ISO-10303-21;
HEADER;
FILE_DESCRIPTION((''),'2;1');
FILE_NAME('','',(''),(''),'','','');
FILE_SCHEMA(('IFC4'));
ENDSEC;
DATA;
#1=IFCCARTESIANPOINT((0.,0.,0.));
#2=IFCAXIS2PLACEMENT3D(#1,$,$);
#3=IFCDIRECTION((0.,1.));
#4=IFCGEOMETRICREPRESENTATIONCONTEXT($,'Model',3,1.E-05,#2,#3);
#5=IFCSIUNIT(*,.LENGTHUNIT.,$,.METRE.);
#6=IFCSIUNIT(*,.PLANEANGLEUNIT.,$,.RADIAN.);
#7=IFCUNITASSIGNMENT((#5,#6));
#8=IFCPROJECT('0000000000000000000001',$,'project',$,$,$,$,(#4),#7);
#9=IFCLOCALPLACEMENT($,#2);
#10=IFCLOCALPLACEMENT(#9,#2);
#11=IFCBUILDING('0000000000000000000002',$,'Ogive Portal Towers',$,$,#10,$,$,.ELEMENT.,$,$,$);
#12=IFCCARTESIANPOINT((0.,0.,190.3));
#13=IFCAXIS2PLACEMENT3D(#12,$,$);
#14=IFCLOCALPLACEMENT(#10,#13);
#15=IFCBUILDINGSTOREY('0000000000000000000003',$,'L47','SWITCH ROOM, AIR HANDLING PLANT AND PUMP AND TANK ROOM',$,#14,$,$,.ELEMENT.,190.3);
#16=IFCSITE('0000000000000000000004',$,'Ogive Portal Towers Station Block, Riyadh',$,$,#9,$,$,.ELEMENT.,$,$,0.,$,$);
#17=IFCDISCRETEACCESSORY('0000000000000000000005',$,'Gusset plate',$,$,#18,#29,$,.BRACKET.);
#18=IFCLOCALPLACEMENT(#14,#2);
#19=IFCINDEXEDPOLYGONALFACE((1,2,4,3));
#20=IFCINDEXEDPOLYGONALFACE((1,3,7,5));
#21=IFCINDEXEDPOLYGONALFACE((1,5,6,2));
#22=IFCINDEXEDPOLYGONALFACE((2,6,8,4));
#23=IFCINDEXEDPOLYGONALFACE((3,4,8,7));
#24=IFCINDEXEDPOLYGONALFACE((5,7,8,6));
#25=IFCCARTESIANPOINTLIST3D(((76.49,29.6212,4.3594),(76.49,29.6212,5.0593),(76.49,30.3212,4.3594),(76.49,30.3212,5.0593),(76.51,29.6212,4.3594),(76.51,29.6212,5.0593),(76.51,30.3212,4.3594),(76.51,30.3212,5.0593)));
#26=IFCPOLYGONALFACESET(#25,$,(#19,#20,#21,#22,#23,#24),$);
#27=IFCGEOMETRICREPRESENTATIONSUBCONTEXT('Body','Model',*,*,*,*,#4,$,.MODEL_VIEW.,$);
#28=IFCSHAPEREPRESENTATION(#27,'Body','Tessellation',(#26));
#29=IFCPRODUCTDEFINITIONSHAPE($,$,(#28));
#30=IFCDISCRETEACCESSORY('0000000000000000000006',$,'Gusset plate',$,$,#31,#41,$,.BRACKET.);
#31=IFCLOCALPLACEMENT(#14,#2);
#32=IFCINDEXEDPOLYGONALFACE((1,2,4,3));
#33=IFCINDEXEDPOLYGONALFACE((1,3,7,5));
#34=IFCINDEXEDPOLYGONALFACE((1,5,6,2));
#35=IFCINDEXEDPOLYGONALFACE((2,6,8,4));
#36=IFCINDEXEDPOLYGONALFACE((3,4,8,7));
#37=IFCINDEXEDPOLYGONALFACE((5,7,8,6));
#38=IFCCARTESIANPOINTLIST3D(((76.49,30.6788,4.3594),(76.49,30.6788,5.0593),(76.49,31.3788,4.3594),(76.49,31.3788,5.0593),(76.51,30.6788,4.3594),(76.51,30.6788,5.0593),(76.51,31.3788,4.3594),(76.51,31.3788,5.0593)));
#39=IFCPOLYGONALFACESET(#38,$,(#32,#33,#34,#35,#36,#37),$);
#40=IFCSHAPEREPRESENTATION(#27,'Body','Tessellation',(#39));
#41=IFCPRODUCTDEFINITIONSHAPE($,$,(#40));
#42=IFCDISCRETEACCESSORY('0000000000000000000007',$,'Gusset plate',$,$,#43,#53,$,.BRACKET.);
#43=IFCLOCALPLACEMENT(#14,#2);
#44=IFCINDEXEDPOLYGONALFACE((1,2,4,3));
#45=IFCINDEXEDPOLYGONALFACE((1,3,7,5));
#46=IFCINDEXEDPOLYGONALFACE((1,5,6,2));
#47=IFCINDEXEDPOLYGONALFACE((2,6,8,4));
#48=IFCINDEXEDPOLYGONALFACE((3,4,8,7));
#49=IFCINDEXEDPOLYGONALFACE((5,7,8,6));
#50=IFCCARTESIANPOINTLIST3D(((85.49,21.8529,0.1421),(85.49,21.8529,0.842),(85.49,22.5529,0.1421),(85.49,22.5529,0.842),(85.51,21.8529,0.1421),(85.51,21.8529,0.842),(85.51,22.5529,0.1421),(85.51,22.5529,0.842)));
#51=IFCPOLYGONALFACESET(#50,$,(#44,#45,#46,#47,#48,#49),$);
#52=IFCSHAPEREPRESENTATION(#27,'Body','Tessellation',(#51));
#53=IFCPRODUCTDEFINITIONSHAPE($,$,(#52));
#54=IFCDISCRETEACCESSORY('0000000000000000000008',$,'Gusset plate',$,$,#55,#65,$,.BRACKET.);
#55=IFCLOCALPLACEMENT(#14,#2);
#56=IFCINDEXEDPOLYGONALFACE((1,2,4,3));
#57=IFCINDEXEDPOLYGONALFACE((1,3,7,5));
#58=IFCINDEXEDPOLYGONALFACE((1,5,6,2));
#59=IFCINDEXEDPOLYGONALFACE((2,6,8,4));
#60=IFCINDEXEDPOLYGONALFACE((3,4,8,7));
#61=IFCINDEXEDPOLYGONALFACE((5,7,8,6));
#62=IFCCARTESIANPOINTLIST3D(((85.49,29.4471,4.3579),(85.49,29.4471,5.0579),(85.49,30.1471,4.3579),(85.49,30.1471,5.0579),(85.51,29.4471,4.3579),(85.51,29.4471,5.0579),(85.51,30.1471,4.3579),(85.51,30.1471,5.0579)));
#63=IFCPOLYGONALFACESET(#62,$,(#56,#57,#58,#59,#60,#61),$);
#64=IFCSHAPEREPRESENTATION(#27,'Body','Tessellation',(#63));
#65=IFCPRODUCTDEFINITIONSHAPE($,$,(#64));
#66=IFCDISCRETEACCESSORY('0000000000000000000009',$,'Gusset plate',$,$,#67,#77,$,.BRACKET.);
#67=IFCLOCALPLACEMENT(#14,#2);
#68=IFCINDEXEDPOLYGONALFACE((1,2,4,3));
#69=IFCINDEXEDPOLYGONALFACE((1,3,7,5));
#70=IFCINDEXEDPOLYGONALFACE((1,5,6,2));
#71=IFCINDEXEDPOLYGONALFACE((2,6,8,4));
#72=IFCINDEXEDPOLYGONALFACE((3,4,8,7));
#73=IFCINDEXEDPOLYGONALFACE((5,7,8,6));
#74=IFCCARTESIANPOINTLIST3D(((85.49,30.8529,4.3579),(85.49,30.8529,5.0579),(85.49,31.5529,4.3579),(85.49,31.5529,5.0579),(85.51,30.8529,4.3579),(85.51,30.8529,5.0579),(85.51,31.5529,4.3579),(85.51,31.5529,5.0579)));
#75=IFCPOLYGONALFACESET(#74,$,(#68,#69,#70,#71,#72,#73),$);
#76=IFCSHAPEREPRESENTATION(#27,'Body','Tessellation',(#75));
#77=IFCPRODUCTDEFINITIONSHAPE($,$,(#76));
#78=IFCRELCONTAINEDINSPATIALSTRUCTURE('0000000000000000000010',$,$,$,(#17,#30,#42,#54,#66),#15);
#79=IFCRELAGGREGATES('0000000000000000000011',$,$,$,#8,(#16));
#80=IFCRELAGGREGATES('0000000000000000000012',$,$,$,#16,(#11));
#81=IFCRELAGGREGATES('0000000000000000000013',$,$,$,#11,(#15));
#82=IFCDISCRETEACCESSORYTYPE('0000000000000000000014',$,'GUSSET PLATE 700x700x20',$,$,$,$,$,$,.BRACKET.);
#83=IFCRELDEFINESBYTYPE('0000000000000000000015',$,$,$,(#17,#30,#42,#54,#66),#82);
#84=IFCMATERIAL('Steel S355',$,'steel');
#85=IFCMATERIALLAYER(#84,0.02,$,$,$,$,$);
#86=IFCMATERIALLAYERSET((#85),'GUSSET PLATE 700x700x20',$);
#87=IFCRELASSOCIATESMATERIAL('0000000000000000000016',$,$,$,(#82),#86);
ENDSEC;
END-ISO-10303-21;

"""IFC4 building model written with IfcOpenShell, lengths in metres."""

from ifc_helpers import new_model, si_unit, direction, frame, origin, origin_2d, place, context, subcontext, project, spatial, rectangle, extrude, material, layer, layer_set, type_object, element, save


model = new_model("IFC4")

# Units and contexts
model_context = context("Model", 3, precision=1e-05, world=origin(), true_north=direction((0.0, 1.0)))
body_context = subcontext(model_context, "Body", "Model", "MODEL_VIEW")
ifc_project = project(units=[si_unit("LENGTHUNIT", "METRE"), si_unit("PLANEANGLEUNIT", "RADIAN")], contexts=[model_context])

# Site, building, storey
site_placement = place(None, origin())
site = spatial("IfcSite", under=ifc_project, at=site_placement, Name="Ogive Portal Towers Station Block, Riyadh", CompositionType="ELEMENT", RefElevation=0.0)
building_placement = place(site_placement, origin())
building = spatial("IfcBuilding", under=site, at=building_placement, Name="Ogive Portal Towers", CompositionType="ELEMENT")
storey_placement = place(building_placement, frame((0.0, 0.0, 190.3)))
storey = spatial("IfcBuildingStorey", under=building, at=storey_placement, Name="L47", Description="SWITCH ROOM, AIR HANDLING PLANT AND PUMP AND TANK ROOM", CompositionType="ELEMENT", Elevation=190.3)

# Shared definitions
ifc_material_1 = material(Name="Steel S355", Category="steel")

# Discrete accessories
ifc_layer_1 = layer(ifc_material_1, 0.02)
ifc_layer_set_1 = layer_set([ifc_layer_1], Name="GUSSET PLATE 700x700x20")
discrete_accessory_type_1 = type_object("IfcDiscreteAccessoryType", Name="GUSSET PLATE 700x700x20", PredefinedType="BRACKET", material=ifc_layer_set_1)
for number, where, z_axis, x_axis, name in (
    (1, (76.5, 29.9712, 4.3594), (0.0, 0.0, 1.0), (0.0, 1.0, 0.0), "Gusset plate"),
    (2, (76.5, 31.0288, 4.3594), (0.0, 0.0, 1.0), (0.0, 1.0, 0.0), "Gusset plate"),
    (3, (85.5, 22.2029, 0.1421), (0.0, 0.0, 1.0), (0.0, 1.0, 0.0), "Gusset plate"),
    (4, (85.5, 29.7971, 4.3579), (0.0, 0.0, 1.0), (0.0, 1.0, 0.0), "Gusset plate"),
    (5, (85.5, 31.2029, 4.3579), (0.0, 0.0, 1.0), (0.0, 1.0, 0.0), "Gusset plate"),
):
    element("IfcDiscreteAccessory", number, at=place(storey_placement, frame(where, z_axis=z_axis, x_axis=x_axis)), inside=storey, type_object=discrete_accessory_type_1, Name=name, PredefinedType="BRACKET", context=body_context, shape_type="SweptSolid", body=[
        extrude(rectangle(XDim=0.7, YDim=0.02, at=origin_2d()), origin(), (0.0, 0.0, 1.0), 0.7),
    ])

save(model, "model.ifc")
